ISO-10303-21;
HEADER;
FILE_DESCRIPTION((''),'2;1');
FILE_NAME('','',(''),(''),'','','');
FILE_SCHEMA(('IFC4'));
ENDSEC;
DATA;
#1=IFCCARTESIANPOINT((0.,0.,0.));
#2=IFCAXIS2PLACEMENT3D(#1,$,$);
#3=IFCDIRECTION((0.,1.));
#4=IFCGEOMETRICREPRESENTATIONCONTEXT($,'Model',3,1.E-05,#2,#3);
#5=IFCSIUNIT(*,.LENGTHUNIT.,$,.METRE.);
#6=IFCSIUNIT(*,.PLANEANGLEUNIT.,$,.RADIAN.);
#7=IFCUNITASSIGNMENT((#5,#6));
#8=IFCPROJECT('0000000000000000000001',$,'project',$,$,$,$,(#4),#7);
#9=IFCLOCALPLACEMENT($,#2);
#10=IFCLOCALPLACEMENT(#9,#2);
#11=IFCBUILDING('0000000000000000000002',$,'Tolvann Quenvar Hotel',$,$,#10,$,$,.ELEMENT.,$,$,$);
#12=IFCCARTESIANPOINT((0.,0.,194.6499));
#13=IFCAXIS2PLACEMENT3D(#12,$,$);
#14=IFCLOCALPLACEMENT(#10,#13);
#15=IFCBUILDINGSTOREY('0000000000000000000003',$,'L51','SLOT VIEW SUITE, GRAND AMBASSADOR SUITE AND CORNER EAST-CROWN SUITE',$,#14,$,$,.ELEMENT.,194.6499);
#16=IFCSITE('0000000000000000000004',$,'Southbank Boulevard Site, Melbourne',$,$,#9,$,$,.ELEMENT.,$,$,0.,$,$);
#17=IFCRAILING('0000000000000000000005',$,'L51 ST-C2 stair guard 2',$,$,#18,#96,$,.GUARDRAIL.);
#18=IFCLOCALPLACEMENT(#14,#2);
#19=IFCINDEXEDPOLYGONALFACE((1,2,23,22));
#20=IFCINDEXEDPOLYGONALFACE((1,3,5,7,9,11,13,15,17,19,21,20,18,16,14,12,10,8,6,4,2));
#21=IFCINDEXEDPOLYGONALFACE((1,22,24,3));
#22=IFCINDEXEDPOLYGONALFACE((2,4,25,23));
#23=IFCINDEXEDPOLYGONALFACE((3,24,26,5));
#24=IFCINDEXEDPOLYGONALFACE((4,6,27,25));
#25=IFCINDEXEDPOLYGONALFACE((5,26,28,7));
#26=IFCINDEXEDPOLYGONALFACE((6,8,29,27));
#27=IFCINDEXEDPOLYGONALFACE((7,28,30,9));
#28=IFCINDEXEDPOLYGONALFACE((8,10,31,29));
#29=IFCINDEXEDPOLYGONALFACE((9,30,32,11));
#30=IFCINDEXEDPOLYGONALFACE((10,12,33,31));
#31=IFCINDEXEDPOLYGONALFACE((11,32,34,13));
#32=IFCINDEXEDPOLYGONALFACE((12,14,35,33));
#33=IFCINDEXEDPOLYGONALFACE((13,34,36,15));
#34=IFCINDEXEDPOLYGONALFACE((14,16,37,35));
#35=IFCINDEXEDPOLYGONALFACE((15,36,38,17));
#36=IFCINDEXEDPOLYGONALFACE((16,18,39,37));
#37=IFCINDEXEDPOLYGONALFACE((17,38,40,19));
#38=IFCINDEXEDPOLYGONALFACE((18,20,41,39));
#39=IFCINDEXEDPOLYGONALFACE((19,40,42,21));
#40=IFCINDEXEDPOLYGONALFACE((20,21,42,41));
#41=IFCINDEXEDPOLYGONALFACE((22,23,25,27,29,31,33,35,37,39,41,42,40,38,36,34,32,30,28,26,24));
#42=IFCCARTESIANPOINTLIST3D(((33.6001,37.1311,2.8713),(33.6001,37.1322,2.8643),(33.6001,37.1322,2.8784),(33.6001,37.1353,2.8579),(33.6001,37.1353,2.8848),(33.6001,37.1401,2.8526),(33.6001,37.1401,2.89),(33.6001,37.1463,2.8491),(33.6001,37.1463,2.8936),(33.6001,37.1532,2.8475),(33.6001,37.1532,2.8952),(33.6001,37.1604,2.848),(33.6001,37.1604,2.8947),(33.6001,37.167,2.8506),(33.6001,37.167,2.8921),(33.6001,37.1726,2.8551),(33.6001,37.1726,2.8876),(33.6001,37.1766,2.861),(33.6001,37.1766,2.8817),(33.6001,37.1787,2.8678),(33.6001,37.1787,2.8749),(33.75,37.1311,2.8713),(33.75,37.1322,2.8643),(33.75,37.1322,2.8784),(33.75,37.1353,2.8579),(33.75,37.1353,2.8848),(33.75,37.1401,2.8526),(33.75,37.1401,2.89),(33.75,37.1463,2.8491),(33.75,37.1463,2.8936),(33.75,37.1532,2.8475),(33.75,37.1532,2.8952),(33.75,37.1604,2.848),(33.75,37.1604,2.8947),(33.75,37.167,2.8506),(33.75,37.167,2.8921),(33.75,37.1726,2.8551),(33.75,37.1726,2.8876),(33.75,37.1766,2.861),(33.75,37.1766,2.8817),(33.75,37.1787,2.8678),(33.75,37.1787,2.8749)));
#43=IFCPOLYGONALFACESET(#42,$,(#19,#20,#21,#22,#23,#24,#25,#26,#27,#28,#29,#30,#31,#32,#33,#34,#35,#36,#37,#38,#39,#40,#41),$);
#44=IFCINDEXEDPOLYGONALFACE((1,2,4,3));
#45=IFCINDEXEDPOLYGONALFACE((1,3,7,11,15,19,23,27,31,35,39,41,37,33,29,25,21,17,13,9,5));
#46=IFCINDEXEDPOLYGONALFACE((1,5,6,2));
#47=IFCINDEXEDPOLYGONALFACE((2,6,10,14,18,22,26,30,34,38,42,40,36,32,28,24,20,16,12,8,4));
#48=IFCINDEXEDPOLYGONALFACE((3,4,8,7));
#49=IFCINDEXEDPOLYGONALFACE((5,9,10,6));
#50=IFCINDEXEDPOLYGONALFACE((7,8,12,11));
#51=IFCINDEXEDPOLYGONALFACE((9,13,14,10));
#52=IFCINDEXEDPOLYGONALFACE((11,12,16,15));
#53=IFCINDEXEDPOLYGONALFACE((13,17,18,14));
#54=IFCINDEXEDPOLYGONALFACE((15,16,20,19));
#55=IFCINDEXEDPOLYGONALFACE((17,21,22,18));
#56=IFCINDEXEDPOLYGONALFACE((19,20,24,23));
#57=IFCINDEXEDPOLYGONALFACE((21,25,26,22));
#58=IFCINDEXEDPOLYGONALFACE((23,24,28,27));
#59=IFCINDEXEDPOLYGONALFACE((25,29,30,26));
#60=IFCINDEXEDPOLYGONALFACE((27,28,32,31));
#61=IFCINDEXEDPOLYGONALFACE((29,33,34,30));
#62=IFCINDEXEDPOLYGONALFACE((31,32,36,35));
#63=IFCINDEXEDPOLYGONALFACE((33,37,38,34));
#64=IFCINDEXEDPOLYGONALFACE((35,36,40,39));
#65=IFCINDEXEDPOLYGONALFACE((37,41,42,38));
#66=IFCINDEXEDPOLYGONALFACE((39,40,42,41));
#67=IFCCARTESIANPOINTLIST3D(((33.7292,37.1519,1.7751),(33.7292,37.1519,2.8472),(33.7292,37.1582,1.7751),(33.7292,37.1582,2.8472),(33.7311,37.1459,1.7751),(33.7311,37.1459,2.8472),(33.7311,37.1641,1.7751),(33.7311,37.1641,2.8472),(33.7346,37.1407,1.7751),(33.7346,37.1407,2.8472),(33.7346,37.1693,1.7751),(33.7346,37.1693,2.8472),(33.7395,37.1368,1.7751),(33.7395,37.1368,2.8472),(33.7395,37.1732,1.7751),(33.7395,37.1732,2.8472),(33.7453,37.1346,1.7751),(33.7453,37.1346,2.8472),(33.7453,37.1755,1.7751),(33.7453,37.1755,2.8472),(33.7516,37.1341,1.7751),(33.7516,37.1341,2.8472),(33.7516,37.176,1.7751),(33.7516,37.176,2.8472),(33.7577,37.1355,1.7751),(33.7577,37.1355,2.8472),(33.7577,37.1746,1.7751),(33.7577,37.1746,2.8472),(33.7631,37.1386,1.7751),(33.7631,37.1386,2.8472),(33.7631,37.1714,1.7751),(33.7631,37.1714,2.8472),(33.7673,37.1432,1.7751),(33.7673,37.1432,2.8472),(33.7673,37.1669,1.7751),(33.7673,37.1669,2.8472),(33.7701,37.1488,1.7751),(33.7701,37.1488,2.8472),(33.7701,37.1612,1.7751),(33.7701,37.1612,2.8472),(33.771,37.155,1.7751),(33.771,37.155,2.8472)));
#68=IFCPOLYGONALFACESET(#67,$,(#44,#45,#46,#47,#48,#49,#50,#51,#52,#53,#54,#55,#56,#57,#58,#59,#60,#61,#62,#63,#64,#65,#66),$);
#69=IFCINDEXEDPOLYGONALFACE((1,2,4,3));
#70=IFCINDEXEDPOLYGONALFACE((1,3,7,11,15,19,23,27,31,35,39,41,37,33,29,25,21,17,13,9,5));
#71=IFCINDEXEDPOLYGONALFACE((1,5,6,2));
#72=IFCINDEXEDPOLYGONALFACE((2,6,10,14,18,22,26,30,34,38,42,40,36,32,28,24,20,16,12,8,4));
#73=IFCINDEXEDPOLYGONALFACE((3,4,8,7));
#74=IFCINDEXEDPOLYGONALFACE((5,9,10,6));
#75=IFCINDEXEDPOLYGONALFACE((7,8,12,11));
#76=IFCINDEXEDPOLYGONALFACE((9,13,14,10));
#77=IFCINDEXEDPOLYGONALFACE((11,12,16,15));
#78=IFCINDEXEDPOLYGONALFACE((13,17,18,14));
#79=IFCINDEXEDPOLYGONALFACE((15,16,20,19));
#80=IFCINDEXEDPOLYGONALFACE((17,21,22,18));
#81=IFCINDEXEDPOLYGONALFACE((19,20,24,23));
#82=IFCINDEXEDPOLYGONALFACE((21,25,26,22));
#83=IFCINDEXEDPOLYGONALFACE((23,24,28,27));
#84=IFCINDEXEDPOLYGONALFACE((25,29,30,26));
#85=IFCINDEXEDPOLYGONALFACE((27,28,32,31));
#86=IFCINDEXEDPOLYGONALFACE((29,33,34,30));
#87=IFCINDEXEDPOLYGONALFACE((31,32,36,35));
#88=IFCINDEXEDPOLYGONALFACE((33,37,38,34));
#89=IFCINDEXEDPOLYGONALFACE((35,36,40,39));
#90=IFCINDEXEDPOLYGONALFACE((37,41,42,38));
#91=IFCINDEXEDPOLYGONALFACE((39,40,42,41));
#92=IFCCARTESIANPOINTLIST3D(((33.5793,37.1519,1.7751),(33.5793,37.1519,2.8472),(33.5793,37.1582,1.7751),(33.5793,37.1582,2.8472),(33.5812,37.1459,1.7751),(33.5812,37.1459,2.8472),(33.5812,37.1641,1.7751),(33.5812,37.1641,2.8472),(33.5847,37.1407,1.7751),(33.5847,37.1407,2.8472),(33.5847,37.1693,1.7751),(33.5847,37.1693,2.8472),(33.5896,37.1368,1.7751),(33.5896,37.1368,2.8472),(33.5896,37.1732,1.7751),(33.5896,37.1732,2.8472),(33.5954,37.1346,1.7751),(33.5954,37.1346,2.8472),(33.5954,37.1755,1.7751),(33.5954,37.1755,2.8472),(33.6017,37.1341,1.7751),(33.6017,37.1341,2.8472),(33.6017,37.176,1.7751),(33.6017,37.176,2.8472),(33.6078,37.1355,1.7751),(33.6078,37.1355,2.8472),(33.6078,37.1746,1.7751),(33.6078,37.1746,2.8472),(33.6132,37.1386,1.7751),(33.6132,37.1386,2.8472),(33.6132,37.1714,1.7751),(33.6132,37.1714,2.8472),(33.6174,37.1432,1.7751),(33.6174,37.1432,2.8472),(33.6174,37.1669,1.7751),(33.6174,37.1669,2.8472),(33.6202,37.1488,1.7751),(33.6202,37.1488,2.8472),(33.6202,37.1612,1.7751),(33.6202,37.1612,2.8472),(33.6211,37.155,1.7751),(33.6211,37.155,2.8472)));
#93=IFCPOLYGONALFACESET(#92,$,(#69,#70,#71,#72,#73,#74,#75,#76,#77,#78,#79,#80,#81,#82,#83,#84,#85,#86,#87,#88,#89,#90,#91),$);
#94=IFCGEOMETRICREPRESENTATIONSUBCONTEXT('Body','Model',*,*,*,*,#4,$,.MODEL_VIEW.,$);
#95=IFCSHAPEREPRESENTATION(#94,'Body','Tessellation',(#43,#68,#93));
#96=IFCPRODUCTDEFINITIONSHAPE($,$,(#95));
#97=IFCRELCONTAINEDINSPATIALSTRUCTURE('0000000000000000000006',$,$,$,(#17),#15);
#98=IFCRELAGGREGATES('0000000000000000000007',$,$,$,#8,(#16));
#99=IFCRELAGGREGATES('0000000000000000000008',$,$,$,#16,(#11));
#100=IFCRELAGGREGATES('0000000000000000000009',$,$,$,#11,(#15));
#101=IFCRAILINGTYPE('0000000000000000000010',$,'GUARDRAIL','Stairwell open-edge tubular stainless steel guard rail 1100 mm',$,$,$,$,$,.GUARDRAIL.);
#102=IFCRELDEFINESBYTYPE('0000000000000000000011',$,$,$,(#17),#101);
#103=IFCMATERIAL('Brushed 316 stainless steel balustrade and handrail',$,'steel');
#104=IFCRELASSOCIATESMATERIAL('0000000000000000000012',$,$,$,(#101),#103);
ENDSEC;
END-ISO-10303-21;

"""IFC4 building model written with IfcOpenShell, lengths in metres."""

from ifc_helpers import new_model, si_unit, direction, frame, origin, origin_2d, place, context, subcontext, project, spatial, circle, extrude, material, type_object, element, save


model = new_model("IFC4")

# Units and contexts
model_context = context("Model", 3, precision=1e-05, world=origin(), true_north=direction((0.0, 1.0)))
body_context = subcontext(model_context, "Body", "Model", "MODEL_VIEW")
ifc_project = project(units=[si_unit("LENGTHUNIT", "METRE"), si_unit("PLANEANGLEUNIT", "RADIAN")], contexts=[model_context])

# Site, building, storey
site_placement = place(None, origin())
site = spatial("IfcSite", under=ifc_project, at=site_placement, Name="Southbank Boulevard Site, Melbourne", CompositionType="ELEMENT", RefElevation=0.0)
building_placement = place(site_placement, origin())
building = spatial("IfcBuilding", under=site, at=building_placement, Name="Tolvann Quenvar Hotel", CompositionType="ELEMENT")
storey_placement = place(building_placement, frame((0.0, 0.0, 194.6499)))
storey = spatial("IfcBuildingStorey", under=building, at=storey_placement, Name="L51", Description="SLOT VIEW SUITE, GRAND AMBASSADOR SUITE AND CORNER EAST-CROWN SUITE", CompositionType="ELEMENT", Elevation=194.6499)

# Railing
ifc_material_1 = material(Name="Brushed 316 stainless steel balustrade and handrail", Category="steel")
railing_type_1 = type_object("IfcRailingType", Name="GUARDRAIL", Description="Stairwell open-edge tubular stainless steel guard rail 1100 mm", PredefinedType="GUARDRAIL", material=ifc_material_1)
railing_1_placement = place(storey_placement, frame((33.75, 37.155, 1.7751)))
element("IfcRailing", 1, at=railing_1_placement, inside=storey, type_object=railing_type_1, Name="L51 ST-C2 stair guard 2", PredefinedType="GUARDRAIL", context=body_context, shape_type="SweptSolid", body=[
    extrude(circle(Radius=0.0239, at=origin_2d()), frame((0.0, 0.0, 1.0962), z_axis=(-1.0, 0.0, 0.0), x_axis=(0.0, -1.0, 0.0)), (0.0, 0.0, 1.0), 0.1499),
    extrude(circle(Radius=0.021, at=origin_2d()), origin(), (0.0, 0.0, 1.0), 1.072),
    extrude(circle(Radius=0.021, at=origin_2d()), frame((-0.1499, 0.0, 0.0)), (0.0, 0.0, 1.0), 1.072),
])

save(model, "model.ifc")
